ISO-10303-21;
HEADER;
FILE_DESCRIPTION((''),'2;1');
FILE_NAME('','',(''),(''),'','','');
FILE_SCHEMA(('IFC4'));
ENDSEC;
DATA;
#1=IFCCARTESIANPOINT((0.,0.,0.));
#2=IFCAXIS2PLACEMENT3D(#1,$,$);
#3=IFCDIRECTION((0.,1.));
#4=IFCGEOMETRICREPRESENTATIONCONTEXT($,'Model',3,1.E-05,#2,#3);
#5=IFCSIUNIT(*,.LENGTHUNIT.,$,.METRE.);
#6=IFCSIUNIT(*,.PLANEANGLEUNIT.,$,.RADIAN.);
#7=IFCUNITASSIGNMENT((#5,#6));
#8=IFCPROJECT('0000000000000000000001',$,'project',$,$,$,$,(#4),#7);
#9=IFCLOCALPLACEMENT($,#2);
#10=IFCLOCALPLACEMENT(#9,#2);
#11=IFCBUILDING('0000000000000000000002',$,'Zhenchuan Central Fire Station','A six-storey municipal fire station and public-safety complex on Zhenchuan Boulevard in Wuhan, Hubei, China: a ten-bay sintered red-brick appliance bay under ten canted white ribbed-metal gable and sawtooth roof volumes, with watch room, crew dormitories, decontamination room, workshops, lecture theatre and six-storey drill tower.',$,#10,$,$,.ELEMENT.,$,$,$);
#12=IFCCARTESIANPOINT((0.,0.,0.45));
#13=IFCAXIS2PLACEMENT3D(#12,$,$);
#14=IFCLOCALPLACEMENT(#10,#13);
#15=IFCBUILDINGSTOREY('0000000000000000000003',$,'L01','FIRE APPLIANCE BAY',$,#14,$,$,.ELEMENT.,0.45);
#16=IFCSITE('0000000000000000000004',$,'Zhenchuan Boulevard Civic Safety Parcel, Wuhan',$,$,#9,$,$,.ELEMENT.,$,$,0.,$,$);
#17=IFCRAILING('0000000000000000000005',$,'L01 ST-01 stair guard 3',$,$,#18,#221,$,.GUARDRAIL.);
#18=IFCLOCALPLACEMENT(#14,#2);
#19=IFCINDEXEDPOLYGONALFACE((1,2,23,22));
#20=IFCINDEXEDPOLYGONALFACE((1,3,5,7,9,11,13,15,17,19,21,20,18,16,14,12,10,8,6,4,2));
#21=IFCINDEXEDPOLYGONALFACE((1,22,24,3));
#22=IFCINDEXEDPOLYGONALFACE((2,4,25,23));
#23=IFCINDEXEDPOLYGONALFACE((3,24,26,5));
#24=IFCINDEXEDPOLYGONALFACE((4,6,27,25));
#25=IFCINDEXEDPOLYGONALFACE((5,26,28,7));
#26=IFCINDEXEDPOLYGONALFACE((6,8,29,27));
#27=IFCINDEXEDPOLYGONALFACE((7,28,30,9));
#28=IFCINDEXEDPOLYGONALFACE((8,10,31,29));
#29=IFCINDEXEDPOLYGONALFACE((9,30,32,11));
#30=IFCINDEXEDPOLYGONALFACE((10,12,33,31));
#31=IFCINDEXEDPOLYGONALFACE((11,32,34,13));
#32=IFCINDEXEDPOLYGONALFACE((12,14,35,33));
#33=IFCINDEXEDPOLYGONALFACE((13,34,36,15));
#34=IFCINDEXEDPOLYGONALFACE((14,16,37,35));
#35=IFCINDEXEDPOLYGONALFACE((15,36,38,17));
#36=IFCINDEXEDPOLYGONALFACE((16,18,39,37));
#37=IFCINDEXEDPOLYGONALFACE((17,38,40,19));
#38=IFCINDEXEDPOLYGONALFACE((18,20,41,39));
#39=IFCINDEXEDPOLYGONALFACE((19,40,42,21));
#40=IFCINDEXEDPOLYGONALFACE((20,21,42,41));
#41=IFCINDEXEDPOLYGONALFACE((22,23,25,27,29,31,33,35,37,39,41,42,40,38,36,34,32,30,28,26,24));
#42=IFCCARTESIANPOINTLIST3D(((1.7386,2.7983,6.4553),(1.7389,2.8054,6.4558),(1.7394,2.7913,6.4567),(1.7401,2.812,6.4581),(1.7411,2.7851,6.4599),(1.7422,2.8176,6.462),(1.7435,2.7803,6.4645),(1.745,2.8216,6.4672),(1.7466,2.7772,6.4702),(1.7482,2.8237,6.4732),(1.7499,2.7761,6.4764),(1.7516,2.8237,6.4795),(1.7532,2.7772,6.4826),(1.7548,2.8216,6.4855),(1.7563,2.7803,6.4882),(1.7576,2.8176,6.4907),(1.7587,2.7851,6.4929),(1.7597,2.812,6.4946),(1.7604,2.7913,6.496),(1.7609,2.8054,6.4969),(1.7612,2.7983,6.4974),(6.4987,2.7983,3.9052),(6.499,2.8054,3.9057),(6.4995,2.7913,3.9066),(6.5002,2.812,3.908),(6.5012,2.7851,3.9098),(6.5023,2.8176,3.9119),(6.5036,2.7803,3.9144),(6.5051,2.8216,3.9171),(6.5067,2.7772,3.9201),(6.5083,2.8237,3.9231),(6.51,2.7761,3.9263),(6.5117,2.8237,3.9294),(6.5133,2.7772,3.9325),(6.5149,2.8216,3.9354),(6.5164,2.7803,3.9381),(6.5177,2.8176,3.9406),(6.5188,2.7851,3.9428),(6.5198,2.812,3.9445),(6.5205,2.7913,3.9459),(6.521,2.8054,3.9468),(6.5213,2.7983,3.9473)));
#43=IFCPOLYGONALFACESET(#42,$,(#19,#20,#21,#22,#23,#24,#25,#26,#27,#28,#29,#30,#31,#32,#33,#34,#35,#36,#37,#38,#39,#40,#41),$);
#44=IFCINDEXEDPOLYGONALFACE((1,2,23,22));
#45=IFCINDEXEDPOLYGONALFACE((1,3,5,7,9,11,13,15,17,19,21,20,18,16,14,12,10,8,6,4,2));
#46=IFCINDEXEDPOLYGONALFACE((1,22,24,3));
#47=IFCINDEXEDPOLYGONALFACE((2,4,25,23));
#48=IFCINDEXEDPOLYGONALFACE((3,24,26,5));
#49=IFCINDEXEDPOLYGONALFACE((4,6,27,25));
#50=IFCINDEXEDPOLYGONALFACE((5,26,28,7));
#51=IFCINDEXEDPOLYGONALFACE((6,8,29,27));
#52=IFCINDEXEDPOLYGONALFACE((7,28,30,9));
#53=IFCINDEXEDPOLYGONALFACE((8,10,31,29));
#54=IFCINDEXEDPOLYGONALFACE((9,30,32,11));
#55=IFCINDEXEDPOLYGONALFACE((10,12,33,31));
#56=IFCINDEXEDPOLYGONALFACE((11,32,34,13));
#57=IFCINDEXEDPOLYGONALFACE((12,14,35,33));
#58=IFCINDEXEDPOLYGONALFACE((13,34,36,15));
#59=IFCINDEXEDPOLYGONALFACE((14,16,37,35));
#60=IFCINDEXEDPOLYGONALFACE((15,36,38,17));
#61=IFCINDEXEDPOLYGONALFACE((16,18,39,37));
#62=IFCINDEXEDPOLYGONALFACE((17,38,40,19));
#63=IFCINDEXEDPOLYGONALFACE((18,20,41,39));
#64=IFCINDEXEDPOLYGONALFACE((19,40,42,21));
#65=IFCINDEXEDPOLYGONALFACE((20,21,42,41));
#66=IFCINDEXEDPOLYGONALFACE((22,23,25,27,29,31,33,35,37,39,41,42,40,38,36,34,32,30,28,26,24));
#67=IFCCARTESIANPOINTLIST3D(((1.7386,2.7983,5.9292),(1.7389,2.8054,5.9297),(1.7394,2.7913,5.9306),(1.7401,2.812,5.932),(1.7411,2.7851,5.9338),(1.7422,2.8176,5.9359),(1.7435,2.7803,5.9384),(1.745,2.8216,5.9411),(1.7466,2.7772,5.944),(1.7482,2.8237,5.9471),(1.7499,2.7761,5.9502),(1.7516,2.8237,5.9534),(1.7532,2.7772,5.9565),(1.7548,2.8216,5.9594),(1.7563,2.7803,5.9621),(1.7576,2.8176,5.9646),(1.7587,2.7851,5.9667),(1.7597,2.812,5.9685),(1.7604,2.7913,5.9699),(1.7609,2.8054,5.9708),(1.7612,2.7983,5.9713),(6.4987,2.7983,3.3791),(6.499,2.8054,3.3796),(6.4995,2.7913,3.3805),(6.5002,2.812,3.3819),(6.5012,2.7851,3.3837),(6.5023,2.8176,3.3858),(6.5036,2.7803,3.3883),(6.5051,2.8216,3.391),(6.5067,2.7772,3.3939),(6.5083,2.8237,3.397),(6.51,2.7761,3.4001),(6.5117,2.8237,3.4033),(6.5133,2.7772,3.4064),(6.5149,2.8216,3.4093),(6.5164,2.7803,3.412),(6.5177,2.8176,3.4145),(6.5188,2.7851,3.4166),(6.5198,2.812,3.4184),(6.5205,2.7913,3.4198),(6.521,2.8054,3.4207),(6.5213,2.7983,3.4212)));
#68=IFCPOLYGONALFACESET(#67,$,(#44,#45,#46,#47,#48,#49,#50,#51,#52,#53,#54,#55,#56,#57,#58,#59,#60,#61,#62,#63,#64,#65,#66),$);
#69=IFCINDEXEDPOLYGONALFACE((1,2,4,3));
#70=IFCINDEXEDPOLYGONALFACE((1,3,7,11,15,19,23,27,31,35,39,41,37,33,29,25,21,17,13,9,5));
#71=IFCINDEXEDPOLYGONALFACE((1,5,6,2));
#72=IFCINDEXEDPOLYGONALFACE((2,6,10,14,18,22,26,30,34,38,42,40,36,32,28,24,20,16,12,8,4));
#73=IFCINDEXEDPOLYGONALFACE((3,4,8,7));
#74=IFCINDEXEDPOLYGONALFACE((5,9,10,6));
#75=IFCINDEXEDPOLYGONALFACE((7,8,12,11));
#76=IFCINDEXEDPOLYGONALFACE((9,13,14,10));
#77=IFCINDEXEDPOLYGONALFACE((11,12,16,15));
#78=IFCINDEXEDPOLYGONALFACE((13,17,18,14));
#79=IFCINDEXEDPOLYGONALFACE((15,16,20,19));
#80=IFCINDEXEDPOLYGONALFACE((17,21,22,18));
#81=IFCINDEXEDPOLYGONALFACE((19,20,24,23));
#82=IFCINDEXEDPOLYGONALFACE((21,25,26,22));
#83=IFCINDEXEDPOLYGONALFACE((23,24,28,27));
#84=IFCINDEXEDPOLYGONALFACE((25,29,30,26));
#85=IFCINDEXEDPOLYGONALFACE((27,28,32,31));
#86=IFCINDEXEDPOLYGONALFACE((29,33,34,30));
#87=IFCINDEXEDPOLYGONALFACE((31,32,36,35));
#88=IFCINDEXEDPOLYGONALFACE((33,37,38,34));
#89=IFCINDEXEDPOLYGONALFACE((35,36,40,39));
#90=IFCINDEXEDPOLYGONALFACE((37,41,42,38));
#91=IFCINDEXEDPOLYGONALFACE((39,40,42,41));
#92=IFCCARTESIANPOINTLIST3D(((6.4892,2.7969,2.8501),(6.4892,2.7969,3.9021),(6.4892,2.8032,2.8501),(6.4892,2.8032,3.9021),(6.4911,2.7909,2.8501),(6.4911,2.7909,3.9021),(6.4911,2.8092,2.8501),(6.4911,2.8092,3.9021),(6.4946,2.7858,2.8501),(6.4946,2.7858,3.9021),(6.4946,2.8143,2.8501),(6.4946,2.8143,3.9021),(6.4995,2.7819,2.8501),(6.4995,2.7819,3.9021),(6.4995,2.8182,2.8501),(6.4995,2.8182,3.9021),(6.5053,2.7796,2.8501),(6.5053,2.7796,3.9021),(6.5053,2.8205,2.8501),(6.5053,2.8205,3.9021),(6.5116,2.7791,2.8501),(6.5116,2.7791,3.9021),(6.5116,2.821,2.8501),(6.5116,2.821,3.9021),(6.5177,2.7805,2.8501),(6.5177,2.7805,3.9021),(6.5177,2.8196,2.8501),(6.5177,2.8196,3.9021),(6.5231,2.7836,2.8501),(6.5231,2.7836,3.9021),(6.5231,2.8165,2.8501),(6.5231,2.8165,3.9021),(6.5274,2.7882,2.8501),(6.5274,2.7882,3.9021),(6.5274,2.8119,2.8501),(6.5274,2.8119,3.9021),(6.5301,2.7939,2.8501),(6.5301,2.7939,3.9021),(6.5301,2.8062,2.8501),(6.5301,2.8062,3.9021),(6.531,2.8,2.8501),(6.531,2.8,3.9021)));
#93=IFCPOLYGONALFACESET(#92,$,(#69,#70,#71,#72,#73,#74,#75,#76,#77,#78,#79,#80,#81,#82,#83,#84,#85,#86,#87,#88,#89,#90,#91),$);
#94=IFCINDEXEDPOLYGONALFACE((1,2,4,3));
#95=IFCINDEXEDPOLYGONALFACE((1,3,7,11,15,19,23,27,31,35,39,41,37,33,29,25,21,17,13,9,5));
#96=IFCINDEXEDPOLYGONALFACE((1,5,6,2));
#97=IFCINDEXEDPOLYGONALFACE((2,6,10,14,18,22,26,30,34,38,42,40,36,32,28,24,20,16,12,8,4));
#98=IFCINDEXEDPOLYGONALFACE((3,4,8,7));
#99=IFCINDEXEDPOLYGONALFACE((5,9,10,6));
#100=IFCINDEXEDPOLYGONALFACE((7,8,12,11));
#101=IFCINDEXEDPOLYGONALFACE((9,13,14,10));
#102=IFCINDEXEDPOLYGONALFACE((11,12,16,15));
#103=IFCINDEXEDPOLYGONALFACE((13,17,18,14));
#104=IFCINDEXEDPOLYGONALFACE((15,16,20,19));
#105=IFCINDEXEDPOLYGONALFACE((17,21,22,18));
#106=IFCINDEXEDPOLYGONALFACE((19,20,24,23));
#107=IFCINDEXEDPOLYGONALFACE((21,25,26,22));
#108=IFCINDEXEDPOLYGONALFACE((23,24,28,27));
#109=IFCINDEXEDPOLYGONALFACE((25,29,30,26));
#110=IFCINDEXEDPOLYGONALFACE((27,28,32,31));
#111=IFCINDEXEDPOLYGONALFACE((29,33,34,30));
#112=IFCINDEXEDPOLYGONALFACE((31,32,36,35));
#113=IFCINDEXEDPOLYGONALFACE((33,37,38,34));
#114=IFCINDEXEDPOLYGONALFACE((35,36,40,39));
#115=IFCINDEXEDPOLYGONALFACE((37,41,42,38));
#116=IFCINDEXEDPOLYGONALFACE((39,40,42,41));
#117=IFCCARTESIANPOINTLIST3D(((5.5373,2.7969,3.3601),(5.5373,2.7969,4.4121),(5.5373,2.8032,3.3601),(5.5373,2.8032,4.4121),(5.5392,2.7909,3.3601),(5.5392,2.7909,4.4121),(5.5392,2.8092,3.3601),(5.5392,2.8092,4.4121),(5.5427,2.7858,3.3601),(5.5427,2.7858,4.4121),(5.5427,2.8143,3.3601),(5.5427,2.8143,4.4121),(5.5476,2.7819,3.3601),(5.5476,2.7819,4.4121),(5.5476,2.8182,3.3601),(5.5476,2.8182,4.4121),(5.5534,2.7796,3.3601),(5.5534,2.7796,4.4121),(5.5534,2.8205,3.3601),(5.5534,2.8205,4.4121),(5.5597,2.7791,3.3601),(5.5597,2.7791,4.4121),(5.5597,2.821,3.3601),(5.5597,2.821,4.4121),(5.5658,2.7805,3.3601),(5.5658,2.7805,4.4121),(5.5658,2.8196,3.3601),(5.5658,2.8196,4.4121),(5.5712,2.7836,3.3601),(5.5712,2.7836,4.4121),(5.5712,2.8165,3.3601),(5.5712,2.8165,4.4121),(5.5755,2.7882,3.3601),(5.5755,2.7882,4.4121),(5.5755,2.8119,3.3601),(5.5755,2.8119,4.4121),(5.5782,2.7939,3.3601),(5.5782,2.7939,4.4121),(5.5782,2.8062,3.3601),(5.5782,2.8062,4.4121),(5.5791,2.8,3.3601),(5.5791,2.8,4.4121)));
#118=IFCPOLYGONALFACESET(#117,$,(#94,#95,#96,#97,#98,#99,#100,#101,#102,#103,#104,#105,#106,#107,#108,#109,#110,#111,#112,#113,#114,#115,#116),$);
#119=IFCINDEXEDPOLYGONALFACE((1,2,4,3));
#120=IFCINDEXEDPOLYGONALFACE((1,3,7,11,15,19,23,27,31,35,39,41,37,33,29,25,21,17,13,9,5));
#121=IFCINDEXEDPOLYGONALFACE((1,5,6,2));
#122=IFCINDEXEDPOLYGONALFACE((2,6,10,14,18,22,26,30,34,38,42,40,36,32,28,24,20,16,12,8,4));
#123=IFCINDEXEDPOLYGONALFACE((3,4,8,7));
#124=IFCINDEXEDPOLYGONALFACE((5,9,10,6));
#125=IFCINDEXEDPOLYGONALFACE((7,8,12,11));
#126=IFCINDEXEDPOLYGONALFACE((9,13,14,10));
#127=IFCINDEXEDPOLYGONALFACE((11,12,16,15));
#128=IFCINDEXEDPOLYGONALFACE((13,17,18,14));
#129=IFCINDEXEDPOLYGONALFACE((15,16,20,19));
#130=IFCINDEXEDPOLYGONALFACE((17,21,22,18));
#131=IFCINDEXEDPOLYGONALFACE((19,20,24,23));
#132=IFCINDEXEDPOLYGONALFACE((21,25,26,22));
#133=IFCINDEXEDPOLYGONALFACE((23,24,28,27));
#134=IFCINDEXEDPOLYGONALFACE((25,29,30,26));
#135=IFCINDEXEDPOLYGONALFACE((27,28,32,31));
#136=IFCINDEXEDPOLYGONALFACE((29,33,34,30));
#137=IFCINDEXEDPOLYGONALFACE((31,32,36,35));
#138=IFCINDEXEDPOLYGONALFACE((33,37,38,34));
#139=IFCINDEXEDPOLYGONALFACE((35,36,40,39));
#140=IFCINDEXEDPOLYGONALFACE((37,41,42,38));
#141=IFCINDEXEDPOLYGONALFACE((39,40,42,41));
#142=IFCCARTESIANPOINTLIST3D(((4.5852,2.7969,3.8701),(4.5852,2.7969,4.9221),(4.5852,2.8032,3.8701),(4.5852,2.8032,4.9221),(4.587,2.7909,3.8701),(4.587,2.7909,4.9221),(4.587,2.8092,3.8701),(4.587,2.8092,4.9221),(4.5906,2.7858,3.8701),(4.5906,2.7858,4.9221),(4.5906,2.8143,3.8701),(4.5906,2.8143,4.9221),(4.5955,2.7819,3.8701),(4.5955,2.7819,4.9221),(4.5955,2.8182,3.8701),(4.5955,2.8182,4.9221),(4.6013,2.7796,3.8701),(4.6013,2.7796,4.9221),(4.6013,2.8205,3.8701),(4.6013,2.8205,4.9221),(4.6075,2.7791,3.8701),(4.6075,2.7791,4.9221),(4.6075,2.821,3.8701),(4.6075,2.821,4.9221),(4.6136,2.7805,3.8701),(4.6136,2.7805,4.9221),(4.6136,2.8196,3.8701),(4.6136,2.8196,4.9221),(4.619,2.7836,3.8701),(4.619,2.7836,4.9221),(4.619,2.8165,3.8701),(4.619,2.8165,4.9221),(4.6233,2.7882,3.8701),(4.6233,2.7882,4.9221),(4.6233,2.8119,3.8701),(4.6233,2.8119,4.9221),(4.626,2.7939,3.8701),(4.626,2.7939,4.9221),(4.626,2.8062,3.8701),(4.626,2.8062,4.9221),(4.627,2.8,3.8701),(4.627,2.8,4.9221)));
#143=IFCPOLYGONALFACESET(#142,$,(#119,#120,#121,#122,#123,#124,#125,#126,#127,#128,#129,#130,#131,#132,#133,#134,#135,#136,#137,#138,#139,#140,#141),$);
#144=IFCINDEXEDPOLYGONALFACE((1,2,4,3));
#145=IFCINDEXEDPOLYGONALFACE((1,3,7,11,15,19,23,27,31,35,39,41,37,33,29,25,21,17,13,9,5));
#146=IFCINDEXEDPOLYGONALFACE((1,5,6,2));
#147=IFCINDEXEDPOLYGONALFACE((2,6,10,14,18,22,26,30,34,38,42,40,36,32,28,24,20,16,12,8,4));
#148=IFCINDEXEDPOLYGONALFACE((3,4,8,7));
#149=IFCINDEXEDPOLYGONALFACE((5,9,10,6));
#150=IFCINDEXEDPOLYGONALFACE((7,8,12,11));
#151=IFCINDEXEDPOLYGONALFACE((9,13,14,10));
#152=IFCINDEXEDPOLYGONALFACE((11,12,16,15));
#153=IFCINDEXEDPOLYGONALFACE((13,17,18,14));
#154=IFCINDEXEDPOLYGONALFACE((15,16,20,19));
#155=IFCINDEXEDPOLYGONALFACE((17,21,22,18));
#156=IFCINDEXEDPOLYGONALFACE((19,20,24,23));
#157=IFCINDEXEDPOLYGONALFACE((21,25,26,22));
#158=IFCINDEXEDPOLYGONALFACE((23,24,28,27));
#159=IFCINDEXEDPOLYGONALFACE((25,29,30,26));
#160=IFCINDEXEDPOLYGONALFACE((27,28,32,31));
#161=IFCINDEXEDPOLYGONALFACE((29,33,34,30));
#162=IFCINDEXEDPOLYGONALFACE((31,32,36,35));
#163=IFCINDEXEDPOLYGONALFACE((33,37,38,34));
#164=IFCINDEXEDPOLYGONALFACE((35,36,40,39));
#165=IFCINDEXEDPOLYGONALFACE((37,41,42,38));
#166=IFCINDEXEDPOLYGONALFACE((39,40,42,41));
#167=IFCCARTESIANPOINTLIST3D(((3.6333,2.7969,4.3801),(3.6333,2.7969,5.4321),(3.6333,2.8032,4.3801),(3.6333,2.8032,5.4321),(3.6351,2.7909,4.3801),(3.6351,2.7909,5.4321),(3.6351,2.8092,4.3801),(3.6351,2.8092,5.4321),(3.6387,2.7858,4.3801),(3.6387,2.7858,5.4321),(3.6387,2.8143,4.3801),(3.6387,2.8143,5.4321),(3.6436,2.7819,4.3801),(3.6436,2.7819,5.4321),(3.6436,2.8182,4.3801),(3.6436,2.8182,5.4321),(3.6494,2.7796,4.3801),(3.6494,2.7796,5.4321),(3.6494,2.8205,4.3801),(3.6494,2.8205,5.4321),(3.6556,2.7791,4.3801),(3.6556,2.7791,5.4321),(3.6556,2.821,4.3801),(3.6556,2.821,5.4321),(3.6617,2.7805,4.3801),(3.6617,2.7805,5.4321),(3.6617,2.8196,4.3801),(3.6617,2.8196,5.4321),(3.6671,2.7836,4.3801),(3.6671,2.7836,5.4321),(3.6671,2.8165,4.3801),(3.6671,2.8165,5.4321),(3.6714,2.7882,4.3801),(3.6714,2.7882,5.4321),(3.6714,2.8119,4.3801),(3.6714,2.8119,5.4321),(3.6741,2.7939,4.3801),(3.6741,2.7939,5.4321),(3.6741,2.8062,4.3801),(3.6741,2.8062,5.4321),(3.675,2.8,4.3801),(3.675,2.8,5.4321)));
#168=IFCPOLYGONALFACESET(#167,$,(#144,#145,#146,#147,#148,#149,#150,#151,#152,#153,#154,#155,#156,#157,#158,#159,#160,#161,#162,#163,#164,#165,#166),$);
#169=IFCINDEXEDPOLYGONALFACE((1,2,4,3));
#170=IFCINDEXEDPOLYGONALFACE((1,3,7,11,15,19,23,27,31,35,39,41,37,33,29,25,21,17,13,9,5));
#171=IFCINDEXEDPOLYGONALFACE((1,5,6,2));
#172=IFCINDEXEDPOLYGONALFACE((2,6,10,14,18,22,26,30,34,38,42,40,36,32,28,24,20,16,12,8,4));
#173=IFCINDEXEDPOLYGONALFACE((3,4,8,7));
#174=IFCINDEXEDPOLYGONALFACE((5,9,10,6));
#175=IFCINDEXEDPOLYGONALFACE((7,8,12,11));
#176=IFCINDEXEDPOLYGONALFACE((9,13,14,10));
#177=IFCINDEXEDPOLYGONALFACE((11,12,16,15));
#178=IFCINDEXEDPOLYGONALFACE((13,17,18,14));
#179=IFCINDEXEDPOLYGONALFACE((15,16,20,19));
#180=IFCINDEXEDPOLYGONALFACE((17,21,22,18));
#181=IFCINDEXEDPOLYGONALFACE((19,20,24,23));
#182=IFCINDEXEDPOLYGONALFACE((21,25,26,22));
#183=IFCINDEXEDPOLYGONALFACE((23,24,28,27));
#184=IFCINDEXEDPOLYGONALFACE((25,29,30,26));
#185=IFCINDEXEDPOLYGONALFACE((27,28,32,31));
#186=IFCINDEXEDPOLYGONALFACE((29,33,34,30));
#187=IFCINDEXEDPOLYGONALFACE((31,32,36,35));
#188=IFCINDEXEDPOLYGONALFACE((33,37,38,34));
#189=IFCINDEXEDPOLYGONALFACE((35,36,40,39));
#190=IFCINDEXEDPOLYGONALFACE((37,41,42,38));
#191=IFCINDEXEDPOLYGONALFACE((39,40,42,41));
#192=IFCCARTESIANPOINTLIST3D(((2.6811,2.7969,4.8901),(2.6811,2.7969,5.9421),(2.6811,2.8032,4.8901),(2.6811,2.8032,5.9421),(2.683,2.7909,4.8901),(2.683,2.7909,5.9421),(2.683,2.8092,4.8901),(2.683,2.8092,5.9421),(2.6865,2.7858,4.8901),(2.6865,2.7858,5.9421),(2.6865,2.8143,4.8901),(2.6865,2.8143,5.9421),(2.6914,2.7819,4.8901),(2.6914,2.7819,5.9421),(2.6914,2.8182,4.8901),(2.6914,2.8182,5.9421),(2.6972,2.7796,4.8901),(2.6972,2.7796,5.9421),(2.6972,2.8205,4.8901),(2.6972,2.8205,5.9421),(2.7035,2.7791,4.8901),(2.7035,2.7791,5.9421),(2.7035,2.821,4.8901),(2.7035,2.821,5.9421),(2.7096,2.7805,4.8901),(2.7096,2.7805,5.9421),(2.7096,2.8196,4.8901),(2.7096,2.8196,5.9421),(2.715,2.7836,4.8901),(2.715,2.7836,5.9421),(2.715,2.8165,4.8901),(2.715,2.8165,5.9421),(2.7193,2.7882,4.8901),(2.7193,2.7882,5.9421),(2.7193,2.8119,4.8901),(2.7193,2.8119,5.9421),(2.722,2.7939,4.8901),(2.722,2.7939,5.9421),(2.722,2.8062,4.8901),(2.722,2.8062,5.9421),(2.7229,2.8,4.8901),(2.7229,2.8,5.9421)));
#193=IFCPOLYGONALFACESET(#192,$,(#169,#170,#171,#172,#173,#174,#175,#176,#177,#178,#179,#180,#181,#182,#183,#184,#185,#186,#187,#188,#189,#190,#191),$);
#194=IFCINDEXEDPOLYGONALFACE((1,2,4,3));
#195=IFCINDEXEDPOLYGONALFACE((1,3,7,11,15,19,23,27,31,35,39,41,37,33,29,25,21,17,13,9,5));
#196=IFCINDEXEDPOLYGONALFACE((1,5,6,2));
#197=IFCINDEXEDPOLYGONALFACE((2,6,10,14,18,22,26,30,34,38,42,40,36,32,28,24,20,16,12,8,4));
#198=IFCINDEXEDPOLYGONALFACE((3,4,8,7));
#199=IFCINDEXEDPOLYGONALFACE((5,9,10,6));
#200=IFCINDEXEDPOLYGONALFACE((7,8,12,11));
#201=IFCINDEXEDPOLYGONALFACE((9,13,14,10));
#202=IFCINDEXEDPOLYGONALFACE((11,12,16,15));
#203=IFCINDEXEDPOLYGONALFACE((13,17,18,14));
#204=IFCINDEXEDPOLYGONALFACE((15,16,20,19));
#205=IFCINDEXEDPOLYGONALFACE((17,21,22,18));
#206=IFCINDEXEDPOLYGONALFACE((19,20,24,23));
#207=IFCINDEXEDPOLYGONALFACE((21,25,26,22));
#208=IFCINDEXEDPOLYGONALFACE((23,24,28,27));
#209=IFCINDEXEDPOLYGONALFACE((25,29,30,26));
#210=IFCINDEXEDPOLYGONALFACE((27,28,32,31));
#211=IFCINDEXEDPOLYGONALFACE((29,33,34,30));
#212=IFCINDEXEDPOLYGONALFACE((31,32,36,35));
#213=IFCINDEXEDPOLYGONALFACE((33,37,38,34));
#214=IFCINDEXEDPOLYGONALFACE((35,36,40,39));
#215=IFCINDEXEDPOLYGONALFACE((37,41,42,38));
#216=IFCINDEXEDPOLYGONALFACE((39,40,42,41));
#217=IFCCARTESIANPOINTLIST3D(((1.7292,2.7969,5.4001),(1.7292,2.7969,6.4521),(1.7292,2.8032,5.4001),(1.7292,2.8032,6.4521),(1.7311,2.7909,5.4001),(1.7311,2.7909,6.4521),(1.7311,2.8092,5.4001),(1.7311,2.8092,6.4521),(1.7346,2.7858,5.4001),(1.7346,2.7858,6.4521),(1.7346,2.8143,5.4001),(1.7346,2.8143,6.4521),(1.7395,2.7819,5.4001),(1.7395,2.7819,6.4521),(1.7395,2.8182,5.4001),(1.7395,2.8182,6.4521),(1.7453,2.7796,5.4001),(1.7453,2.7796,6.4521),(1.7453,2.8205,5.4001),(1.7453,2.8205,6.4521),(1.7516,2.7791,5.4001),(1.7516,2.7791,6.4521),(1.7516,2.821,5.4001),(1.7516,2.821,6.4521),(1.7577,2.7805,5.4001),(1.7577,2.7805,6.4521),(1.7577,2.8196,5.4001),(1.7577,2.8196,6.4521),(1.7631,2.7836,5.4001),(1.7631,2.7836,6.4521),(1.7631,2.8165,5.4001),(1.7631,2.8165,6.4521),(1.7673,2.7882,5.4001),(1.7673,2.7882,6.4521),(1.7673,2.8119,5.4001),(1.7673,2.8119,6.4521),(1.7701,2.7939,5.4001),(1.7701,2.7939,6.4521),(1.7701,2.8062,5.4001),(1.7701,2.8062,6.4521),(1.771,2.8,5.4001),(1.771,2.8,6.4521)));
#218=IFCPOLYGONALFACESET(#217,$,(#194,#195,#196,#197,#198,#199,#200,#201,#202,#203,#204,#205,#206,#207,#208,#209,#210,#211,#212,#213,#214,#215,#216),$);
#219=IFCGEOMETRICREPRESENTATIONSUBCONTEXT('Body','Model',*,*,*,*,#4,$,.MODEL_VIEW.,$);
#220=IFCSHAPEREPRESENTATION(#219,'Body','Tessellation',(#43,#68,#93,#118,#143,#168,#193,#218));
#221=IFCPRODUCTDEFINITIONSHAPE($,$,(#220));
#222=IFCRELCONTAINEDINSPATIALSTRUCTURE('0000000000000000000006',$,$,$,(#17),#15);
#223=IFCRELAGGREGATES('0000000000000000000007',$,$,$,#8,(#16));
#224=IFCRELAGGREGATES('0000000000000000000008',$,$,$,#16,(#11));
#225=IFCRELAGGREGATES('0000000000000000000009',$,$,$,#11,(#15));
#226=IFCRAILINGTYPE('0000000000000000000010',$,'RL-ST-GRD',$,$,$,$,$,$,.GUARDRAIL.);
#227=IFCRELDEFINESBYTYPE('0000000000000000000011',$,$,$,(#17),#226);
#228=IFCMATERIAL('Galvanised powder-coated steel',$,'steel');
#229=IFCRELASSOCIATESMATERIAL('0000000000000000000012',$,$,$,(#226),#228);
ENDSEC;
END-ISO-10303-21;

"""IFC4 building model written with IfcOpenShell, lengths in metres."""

from ifc_helpers import new_model, si_unit, direction, frame, origin, origin_2d, place, context, subcontext, project, spatial, circle, extrude, material, type_object, element, save


model = new_model("IFC4")

# Units and contexts
model_context = context("Model", 3, precision=1e-05, world=origin(), true_north=direction((0.0, 1.0)))
body_context = subcontext(model_context, "Body", "Model", "MODEL_VIEW")
ifc_project = project(units=[si_unit("LENGTHUNIT", "METRE"), si_unit("PLANEANGLEUNIT", "RADIAN")], contexts=[model_context])

# Site, building, storey
site_placement = place(None, origin())
site = spatial("IfcSite", under=ifc_project, at=site_placement, Name="Zhenchuan Boulevard Civic Safety Parcel, Wuhan", CompositionType="ELEMENT", RefElevation=0.0)
building_placement = place(site_placement, origin())
building = spatial("IfcBuilding", under=site, at=building_placement, Name="Zhenchuan Central Fire Station", Description="A six-storey municipal fire station and public-safety complex on Zhenchuan Boulevard in Wuhan, Hubei, China: a ten-bay sintered red-brick appliance bay under ten canted white ribbed-metal gable and sawtooth roof volumes, with watch room, crew dormitories, decontamination room, workshops, lecture theatre and six-storey drill tower.", CompositionType="ELEMENT")
storey_placement = place(building_placement, frame((0.0, 0.0, 0.45)))
storey = spatial("IfcBuildingStorey", under=building, at=storey_placement, Name="L01", Description="FIRE APPLIANCE BAY", CompositionType="ELEMENT", Elevation=0.45)

# Railing
ifc_material_1 = material(Name="Galvanised powder-coated steel", Category="steel")
railing_type_1 = type_object("IfcRailingType", Name="RL-ST-GRD", PredefinedType="GUARDRAIL", material=ifc_material_1)
railing_1_placement = place(storey_placement, frame((6.51, 2.8, 2.8501)))
element("IfcRailing", 1, at=railing_1_placement, inside=storey, type_object=railing_type_1, Name="L01 ST-01 stair guard 3", PredefinedType="GUARDRAIL", context=body_context, shape_type="SweptSolid", body=[
    extrude(circle(Radius=0.0239, at=origin_2d()), frame((0.0, 0.0, 1.0762), z_axis=(-0.881477, 0.0, 0.472228), x_axis=(0.0, -1.0, 0.0)), (0.0, 0.0, 1.0), 5.4001),
    extrude(circle(Radius=0.0239, at=origin_2d()), frame((0.0, 0.0, 0.55), z_axis=(-0.881477, 0.0, 0.472228), x_axis=(0.0, -1.0, 0.0)), (0.0, 0.0, 1.0), 5.4001),
    extrude(circle(Radius=0.021, at=origin_2d()), origin(), (0.0, 0.0, 1.0), 1.052),
    extrude(circle(Radius=0.021, at=origin_2d()), frame((-0.9519, 0.0, 0.51)), (0.0, 0.0, 1.0), 1.052),
    extrude(circle(Radius=0.021, at=origin_2d()), frame((-1.9041, 0.0, 1.02)), (0.0, 0.0, 1.0), 1.052),
    extrude(circle(Radius=0.021, at=origin_2d()), frame((-2.856, 0.0, 1.53)), (0.0, 0.0, 1.0), 1.052),
    extrude(circle(Radius=0.021, at=origin_2d()), frame((-3.8081, 0.0, 2.04)), (0.0, 0.0, 1.0), 1.052),
    extrude(circle(Radius=0.021, at=origin_2d()), frame((-4.76, 0.0, 2.55)), (0.0, 0.0, 1.0), 1.052),
])

save(model, "model.ifc")
